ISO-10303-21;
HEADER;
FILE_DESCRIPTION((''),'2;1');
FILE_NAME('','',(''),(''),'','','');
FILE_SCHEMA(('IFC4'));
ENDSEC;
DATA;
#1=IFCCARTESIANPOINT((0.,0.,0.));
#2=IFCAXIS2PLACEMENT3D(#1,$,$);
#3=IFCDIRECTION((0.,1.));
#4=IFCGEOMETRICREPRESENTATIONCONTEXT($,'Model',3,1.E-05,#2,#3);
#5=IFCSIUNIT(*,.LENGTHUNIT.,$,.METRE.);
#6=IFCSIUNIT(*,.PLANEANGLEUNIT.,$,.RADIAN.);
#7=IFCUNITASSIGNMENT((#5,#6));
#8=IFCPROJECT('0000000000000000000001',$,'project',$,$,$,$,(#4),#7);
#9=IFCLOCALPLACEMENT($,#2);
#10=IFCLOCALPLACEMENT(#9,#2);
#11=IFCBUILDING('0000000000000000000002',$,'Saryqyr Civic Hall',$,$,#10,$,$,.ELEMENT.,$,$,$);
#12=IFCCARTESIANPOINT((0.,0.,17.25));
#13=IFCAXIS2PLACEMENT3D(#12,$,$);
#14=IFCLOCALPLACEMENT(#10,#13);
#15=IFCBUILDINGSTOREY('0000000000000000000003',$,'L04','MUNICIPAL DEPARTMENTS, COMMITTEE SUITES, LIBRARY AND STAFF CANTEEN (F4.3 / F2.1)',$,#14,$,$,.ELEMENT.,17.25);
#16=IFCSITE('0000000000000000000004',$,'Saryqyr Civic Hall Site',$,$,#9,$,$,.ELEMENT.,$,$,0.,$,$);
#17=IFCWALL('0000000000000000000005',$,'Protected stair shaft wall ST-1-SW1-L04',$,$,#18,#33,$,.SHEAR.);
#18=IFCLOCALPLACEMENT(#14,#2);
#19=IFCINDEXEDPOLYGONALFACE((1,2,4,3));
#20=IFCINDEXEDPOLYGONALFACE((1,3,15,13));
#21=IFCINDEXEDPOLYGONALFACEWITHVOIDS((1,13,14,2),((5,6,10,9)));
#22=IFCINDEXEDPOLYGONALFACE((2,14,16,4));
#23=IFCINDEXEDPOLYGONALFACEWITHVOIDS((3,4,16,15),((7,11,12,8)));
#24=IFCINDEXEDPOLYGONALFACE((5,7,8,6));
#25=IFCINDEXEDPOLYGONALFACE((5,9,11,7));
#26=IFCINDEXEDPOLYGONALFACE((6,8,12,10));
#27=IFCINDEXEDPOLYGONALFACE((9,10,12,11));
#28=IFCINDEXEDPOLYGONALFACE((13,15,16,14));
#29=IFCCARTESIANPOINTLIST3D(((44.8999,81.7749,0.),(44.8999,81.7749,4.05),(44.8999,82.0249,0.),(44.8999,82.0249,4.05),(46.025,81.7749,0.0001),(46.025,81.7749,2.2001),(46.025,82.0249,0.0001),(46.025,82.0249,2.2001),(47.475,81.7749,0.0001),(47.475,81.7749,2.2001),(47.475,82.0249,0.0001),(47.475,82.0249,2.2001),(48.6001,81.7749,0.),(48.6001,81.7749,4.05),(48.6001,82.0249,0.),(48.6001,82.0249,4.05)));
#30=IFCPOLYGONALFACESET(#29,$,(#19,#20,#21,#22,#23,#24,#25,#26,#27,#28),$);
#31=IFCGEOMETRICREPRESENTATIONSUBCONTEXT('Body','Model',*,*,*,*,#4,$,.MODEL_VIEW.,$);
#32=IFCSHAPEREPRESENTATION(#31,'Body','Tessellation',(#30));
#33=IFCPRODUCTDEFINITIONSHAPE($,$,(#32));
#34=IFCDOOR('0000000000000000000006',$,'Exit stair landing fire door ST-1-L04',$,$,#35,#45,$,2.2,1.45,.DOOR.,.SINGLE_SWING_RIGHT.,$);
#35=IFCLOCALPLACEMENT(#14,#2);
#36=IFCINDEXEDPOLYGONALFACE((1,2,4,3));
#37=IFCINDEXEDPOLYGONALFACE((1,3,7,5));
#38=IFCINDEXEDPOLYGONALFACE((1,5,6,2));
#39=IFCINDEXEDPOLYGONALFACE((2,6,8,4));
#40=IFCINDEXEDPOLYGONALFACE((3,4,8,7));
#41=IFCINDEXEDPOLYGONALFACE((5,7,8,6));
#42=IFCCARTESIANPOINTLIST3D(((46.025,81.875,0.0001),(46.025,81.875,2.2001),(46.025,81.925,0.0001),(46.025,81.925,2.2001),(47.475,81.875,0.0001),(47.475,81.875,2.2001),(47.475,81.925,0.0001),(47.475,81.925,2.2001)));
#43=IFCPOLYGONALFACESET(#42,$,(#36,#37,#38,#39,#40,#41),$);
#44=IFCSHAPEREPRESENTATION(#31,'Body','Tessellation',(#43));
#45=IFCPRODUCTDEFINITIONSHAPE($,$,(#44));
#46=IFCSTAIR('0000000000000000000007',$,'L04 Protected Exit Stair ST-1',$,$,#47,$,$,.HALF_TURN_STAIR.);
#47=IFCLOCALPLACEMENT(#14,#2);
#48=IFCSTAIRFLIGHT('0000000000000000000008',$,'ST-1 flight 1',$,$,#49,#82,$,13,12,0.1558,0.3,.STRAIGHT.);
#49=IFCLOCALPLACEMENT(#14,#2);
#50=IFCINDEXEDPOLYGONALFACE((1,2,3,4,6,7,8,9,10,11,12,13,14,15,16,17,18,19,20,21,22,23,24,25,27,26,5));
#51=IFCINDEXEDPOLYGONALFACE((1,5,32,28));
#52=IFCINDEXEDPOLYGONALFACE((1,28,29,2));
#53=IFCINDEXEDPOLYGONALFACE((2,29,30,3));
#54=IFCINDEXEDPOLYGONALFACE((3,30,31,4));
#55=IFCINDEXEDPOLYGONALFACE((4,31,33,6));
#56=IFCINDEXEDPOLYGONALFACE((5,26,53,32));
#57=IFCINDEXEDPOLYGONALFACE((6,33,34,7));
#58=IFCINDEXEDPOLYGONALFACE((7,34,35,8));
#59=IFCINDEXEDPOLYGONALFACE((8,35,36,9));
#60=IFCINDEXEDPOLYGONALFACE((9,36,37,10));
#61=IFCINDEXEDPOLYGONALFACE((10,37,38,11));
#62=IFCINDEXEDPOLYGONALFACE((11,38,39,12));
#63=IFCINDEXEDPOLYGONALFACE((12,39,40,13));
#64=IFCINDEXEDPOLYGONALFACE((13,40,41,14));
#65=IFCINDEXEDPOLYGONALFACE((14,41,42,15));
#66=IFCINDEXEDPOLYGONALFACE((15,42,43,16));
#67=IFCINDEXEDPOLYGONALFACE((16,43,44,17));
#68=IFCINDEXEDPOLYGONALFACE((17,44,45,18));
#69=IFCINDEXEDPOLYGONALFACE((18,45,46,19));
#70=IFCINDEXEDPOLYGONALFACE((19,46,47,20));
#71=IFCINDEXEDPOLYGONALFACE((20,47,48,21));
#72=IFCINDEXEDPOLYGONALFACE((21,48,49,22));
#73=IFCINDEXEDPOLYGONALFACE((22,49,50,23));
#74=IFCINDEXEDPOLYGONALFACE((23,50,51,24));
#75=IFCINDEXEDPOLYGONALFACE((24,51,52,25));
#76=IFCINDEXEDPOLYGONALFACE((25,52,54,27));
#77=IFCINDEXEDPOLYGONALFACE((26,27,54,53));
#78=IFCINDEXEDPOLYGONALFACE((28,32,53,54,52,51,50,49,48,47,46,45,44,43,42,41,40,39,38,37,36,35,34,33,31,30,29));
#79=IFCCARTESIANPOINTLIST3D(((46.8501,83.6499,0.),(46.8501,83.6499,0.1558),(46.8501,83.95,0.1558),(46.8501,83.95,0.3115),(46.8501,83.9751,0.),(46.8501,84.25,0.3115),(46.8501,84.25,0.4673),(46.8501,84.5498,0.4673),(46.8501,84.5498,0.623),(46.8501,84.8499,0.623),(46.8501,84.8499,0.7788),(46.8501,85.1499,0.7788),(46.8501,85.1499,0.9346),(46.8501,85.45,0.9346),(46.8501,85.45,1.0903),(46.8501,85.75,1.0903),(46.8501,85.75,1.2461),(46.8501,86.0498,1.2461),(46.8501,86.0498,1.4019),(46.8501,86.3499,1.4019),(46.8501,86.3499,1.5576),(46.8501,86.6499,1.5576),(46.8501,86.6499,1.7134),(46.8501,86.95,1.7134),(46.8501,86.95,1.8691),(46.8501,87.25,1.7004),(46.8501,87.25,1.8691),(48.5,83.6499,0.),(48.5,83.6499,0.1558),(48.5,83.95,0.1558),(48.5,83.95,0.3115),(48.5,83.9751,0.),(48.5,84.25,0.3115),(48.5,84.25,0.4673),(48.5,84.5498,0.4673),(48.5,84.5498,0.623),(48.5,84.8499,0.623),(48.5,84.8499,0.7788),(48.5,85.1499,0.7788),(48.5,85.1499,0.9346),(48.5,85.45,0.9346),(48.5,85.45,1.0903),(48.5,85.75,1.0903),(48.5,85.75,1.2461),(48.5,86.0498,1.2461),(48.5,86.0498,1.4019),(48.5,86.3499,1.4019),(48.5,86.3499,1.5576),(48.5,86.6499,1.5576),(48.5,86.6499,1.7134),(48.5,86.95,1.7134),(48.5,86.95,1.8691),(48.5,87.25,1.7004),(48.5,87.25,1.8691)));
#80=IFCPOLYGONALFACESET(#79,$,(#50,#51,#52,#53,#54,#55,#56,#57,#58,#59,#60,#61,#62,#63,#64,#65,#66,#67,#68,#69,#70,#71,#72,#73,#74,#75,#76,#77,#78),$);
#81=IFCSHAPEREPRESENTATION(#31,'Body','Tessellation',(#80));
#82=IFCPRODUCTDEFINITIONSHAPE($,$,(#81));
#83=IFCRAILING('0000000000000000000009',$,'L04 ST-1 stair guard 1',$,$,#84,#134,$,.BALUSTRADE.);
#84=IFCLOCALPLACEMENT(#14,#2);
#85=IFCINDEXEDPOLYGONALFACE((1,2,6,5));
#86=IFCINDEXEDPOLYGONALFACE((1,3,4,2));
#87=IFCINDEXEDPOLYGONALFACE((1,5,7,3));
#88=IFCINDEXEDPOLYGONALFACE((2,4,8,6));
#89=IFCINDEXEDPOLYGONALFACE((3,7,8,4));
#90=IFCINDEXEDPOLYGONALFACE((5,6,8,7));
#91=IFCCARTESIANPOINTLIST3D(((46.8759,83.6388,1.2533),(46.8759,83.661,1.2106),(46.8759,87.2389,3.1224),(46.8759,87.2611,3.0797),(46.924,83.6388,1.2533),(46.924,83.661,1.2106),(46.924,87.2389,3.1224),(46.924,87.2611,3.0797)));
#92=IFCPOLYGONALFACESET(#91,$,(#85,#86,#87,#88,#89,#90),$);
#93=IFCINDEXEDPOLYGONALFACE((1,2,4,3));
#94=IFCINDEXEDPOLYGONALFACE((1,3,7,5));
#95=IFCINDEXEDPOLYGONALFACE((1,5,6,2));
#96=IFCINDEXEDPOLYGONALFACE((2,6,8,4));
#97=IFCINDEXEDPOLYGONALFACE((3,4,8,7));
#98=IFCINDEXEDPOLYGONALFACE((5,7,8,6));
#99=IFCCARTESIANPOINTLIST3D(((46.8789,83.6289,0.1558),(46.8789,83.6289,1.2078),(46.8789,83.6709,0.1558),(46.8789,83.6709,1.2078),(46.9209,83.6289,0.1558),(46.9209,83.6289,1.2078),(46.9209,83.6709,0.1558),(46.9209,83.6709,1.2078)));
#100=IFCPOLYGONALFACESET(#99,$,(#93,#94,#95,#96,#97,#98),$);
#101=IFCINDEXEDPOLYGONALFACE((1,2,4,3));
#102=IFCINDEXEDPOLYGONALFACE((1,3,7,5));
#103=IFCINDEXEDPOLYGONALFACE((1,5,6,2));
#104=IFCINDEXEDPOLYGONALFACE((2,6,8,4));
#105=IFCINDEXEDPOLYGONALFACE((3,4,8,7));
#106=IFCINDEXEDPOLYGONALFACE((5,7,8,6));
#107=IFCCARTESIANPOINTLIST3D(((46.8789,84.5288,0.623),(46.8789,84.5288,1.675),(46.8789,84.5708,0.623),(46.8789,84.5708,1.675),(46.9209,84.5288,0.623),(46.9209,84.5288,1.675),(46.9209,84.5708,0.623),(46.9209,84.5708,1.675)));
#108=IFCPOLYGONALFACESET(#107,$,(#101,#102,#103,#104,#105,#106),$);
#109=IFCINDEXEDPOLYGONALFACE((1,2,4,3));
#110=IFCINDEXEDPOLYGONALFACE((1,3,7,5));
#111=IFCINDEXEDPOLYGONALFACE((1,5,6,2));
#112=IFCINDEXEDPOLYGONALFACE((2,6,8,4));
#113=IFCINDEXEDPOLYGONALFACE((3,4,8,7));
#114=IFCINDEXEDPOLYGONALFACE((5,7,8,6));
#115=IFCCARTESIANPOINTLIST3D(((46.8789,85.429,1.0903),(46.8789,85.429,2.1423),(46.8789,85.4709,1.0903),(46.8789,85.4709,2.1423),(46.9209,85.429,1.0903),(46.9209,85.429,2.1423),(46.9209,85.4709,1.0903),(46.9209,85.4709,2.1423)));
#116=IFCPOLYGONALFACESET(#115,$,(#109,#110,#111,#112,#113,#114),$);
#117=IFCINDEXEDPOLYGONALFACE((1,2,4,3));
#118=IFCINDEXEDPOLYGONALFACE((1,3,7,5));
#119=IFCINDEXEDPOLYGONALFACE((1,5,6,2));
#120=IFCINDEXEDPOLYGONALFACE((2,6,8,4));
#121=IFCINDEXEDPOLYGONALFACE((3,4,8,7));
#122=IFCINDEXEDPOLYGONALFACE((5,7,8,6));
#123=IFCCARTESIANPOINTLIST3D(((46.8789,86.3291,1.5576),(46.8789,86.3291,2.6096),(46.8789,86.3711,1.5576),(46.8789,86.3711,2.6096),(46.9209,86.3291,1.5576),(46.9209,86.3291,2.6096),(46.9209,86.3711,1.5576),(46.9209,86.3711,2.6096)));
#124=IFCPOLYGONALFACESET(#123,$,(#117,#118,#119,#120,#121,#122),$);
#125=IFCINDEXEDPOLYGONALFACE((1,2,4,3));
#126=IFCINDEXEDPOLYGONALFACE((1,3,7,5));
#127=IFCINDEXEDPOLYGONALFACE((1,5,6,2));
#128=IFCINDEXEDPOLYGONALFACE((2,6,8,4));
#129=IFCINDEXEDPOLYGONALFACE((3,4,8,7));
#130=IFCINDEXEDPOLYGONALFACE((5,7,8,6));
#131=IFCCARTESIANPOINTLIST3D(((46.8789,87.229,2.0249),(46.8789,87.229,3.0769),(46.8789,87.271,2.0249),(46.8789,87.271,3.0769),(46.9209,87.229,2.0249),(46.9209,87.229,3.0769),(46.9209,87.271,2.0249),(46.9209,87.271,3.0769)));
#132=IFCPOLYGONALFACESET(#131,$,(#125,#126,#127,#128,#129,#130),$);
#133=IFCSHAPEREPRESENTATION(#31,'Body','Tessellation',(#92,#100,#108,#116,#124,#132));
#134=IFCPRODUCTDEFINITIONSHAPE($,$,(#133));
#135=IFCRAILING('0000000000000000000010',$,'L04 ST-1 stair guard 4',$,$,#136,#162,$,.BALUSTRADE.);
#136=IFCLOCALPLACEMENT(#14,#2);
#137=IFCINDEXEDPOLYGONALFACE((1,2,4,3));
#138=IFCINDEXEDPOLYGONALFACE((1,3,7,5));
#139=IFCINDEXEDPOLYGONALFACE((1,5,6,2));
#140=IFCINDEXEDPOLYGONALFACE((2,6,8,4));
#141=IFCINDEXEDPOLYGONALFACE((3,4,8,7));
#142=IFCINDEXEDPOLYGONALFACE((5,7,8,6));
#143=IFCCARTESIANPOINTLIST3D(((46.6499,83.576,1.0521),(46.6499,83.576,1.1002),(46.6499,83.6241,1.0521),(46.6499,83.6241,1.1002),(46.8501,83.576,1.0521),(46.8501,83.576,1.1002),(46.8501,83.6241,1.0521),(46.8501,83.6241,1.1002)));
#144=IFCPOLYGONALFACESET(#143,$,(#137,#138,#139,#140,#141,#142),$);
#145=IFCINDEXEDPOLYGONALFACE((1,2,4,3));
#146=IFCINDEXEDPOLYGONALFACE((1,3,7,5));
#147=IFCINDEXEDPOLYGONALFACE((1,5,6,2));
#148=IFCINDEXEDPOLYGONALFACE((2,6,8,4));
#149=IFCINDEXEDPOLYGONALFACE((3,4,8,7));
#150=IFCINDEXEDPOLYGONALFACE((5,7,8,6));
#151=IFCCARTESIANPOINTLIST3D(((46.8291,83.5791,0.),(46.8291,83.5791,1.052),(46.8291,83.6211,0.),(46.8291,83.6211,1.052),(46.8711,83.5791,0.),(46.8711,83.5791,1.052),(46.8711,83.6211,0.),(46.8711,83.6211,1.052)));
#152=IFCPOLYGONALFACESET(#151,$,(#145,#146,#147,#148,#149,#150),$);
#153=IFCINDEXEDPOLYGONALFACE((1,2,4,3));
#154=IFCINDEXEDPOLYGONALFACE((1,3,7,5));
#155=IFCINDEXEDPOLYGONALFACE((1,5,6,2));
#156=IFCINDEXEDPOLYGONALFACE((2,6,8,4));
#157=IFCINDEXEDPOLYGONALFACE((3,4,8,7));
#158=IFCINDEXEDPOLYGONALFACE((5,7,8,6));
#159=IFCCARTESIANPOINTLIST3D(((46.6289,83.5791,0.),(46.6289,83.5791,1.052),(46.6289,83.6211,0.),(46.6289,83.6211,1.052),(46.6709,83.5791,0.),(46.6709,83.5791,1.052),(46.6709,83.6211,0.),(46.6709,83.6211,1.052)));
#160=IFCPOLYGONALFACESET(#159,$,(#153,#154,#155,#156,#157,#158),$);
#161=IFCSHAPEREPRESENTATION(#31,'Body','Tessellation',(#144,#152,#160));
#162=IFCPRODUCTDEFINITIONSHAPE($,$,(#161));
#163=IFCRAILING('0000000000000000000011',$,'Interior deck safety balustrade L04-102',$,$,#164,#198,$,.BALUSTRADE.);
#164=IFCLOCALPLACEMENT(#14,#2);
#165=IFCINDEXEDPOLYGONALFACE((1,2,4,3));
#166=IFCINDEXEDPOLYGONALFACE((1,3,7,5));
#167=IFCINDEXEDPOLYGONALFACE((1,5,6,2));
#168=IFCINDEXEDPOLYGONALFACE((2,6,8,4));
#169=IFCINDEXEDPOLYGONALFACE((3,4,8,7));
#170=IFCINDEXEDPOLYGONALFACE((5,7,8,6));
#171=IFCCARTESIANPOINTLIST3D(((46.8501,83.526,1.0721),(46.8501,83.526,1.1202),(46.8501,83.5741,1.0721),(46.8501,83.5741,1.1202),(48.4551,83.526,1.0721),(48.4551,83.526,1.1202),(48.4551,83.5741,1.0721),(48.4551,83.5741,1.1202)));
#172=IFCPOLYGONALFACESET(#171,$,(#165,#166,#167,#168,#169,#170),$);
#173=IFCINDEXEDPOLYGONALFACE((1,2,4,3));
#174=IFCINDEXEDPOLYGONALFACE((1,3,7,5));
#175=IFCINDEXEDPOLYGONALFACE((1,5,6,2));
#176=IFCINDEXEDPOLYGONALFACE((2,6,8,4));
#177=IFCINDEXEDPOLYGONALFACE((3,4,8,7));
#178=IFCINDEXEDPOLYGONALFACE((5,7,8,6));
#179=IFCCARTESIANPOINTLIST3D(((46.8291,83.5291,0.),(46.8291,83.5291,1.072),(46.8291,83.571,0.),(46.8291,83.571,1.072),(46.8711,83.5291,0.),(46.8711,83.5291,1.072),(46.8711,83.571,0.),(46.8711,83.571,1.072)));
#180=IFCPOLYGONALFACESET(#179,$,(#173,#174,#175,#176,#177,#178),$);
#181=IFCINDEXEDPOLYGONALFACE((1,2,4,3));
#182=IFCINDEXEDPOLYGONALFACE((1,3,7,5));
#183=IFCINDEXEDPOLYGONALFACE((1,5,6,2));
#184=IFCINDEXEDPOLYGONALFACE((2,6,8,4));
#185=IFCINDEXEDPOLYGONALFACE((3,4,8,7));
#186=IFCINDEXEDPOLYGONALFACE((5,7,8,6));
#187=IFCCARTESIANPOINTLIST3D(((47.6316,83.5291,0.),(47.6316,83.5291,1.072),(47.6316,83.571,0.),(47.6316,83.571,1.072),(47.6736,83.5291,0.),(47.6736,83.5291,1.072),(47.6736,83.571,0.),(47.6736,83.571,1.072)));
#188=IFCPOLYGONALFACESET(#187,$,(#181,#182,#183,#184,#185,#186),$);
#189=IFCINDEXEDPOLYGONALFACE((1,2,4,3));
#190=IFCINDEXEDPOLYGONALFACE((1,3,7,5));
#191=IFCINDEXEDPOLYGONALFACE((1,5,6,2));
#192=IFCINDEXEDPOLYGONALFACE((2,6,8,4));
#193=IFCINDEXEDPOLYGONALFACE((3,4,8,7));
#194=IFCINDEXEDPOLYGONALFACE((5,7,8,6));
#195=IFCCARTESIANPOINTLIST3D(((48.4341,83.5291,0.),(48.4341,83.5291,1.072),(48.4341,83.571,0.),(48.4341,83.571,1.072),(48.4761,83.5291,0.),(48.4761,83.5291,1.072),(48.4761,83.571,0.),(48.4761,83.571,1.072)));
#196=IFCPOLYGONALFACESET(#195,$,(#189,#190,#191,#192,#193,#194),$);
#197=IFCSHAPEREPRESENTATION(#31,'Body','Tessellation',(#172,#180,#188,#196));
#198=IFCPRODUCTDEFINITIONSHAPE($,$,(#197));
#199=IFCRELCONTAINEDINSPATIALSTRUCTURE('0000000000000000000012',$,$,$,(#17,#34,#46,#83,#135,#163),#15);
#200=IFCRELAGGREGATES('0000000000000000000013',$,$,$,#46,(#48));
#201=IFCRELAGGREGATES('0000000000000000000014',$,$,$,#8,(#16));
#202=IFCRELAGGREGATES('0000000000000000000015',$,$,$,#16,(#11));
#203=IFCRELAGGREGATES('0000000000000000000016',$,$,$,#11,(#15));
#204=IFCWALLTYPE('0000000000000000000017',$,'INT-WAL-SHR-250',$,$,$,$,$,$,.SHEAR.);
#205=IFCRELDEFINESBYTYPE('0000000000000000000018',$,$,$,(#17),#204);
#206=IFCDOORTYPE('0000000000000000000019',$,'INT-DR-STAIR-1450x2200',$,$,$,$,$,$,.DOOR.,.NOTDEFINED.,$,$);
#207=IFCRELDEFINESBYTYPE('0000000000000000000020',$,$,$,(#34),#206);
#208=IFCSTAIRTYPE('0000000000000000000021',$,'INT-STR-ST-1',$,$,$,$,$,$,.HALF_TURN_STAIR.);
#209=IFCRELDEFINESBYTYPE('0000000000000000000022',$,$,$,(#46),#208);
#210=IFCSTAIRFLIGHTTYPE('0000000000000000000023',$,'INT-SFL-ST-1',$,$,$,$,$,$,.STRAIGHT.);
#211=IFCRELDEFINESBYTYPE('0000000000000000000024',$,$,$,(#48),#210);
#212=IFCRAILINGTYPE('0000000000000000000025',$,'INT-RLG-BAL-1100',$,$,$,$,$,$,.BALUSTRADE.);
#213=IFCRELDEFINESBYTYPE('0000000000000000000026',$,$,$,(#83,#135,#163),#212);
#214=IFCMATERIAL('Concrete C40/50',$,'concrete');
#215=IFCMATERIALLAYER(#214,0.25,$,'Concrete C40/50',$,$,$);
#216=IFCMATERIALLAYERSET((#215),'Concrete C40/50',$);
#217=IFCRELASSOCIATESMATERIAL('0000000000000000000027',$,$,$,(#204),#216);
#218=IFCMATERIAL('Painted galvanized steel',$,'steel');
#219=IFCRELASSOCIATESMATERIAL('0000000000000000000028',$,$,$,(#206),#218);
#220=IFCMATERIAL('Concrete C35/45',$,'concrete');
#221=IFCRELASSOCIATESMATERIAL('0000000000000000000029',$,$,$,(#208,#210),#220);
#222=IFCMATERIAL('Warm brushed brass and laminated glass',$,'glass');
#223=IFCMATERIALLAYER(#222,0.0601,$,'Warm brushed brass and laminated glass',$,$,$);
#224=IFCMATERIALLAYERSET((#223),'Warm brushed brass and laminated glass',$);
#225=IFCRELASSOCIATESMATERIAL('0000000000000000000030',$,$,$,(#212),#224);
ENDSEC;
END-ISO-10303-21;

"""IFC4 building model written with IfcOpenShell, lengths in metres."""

from ifc_helpers import new_model, si_unit, direction, frame, frame_2d, origin, origin_2d, place, context, subcontext, project, spatial, polyline, rectangle, outline, extrude, material, layer, layer_set, type_object, element, fill, aggregate, save


model = new_model("IFC4")

# Units and contexts
model_context = context("Model", 3, precision=1e-05, world=origin(), true_north=direction((0.0, 1.0)))
body_context = subcontext(model_context, "Body", "Model", "MODEL_VIEW")
ifc_project = project(units=[si_unit("LENGTHUNIT", "METRE"), si_unit("PLANEANGLEUNIT", "RADIAN")], contexts=[model_context])

# Site, building, storey
site_placement = place(None, origin())
site = spatial("IfcSite", under=ifc_project, at=site_placement, Name="Saryqyr Civic Hall Site", CompositionType="ELEMENT", RefElevation=0.0)
building_placement = place(site_placement, origin())
building = spatial("IfcBuilding", under=site, at=building_placement, Name="Saryqyr Civic Hall", CompositionType="ELEMENT")
storey_placement = place(building_placement, frame((0.0, 0.0, 17.25)))
storey = spatial("IfcBuildingStorey", under=building, at=storey_placement, Name="L04", Description="MUNICIPAL DEPARTMENTS, COMMITTEE SUITES, LIBRARY AND STAFF CANTEEN (F4.3 / F2.1)", CompositionType="ELEMENT", Elevation=17.25)

# Shared definitions
ifc_material_1 = material(Name="Concrete C40/50", Category="concrete")

# Shared definitions
ifc_material_2 = material(Name="Painted galvanized steel", Category="steel")

# Wall, opening, door
ifc_layer_1 = layer(ifc_material_1, 0.25, Name="Concrete C40/50")
ifc_layer_set_1 = layer_set([ifc_layer_1], Name="Concrete C40/50")
wall_type_1 = type_object("IfcWallType", Name="INT-WAL-SHR-250", PredefinedType="SHEAR", material=ifc_layer_set_1)
wall_1_placement = place(storey_placement, frame((48.6001, 81.8999, 0.0), z_axis=(0.0, 0.0, 1.0), x_axis=(-1.0, 0.0, 0.0)))
wall_1 = element("IfcWall", 1, at=wall_1_placement, inside=storey, type_object=wall_type_1, Name="Protected stair shaft wall ST-1-SW1-L04", PredefinedType="SHEAR", context=body_context, shape_type="SweptSolid", body=[
    extrude(rectangle(XDim=3.7002, YDim=0.25, at=frame_2d((1.8501, 0.0))), origin(), (0.0, 0.0, 1.0), 4.05),
])
opening_1_placement = place(wall_1_placement, frame((1.125, 0.0, 0.0)))
opening_1 = element("IfcOpeningElement", 2, at=opening_1_placement, cuts=wall_1, PredefinedType="OPENING", context=body_context, shape_type="SweptSolid", body=[
    extrude(rectangle(XDim=1.45, YDim=2.2, at=frame_2d((0.7251, 1.1001))), frame((0.0, 0.135, 0.0), z_axis=(0.0, -1.0, 0.0), x_axis=(1.0, 0.0, 0.0)), (0.0, 0.0, 1.0), 0.27),
])
door_type_1 = type_object("IfcDoorType", Name="INT-DR-STAIR-1450x2200", OperationType="NOTDEFINED", PredefinedType="DOOR", material=ifc_material_2)
door_1_placement = place(opening_1_placement, origin())
door_1 = element("IfcDoor", 3, at=door_1_placement, inside=storey, type_object=door_type_1, Name="Exit stair landing fire door ST-1-L04", OperationType="SINGLE_SWING_RIGHT", OverallHeight=2.2, OverallWidth=1.45, PredefinedType="DOOR", context=body_context, shape_type="SweptSolid", body=[
    extrude(rectangle(XDim=1.45, YDim=2.2, at=frame_2d((0.7251, 1.1001))), frame((0.0, 0.0249, 0.0), z_axis=(0.0, -1.0, 0.0), x_axis=(1.0, 0.0, 0.0)), (0.0, 0.0, 1.0), 0.05),
])
fill(opening_1, door_1)

# Stair, stair flight
ifc_material_3 = material(Name="Concrete C35/45", Category="concrete")
stair_type = type_object("IfcStairType", Name="INT-STR-ST-1", PredefinedType="HALF_TURN_STAIR", material=ifc_material_3)
stair_placement = place(storey_placement, origin())
stair = element("IfcStair", 4, at=stair_placement, inside=storey, type_object=stair_type, Name="L04 Protected Exit Stair ST-1", PredefinedType="HALF_TURN_STAIR")
stair_flight_type = type_object("IfcStairFlightType", Name="INT-SFL-ST-1", PredefinedType="STRAIGHT", material=ifc_material_3)
stair_flight_placement = place(storey_placement, frame((47.675, 83.6499, 0.0), z_axis=(0.0, 0.0, 1.0), x_axis=(0.0, 1.0, 0.0)))
stair_flight = element("IfcStairFlight", 5, at=stair_flight_placement, type_object=stair_flight_type, Name="ST-1 flight 1", NumberOfRisers=13, NumberOfTreads=12, PredefinedType="STRAIGHT", RiserHeight=0.1558, TreadLength=0.3, context=body_context, shape_type="SweptSolid", body=[
    extrude(outline(polyline([(0.0, 0.0), (0.0, 0.1558), (0.3, 0.1558), (0.3, 0.3115), (0.6001, 0.3115), (0.6001, 0.4673), (0.8999, 0.4673), (0.8999, 0.623), (1.2, 0.623), (1.2, 0.7788), (1.5, 0.7788), (1.5, 0.9346), (1.8, 0.9346), (1.8, 1.0903), (2.1001, 1.0903), (2.1001, 1.2461), (2.3999, 1.2461), (2.3999, 1.4019), (2.7, 1.4019), (2.7, 1.5576), (3.0, 1.5576), (3.0, 1.7134), (3.3, 1.7134), (3.3, 1.8691), (3.6001, 1.8691), (3.6001, 2.0249), (3.6001, 1.7004), (0.3252, 0.0), (0.0, 0.0)])), frame((0.0, 0.825, 0.0), z_axis=(0.0, -1.0, 0.0), x_axis=(1.0, 0.0, 0.0)), (0.0, 0.0, 1.0), 1.6499),
])
aggregate(stair, [stair_flight])

# Railings
ifc_material_4 = material(Name="Warm brushed brass and laminated glass", Category="glass")
ifc_layer_2 = layer(ifc_material_4, 0.0601, Name="Warm brushed brass and laminated glass")
ifc_layer_set_2 = layer_set([ifc_layer_2], Name="Warm brushed brass and laminated glass")
railing_type_1 = type_object("IfcRailingType", Name="INT-RLG-BAL-1100", PredefinedType="BALUSTRADE", material=ifc_layer_set_2)
railing_1_placement = place(storey_placement, frame((46.8999, 83.6499, 0.1558)))
element("IfcRailing", 6, at=railing_1_placement, inside=storey, type_object=railing_type_1, Name="L04 ST-1 stair guard 1", PredefinedType="BALUSTRADE", context=body_context, shape_type="SweptSolid", body=[
    extrude(rectangle(XDim=0.0481, YDim=0.0481, at=origin_2d()), frame((0.0, 0.0, 1.0762), z_axis=(0.0, 0.88751, 0.460788), x_axis=(-1.0, 0.0, 0.0)), (0.0, 0.0, 1.0), 4.0564),
    extrude(rectangle(XDim=0.042, YDim=0.042, at=origin_2d()), origin(), (0.0, 0.0, 1.0), 1.052),
    extrude(rectangle(XDim=0.042, YDim=0.042, at=origin_2d()), frame((0.0, 0.8999, 0.4673)), (0.0, 0.0, 1.0), 1.052),
    extrude(rectangle(XDim=0.042, YDim=0.042, at=origin_2d()), frame((0.0, 1.8, 0.9346)), (0.0, 0.0, 1.0), 1.052),
    extrude(rectangle(XDim=0.042, YDim=0.042, at=origin_2d()), frame((0.0, 2.7002, 1.4019)), (0.0, 0.0, 1.0), 1.052),
    extrude(rectangle(XDim=0.042, YDim=0.042, at=origin_2d()), frame((0.0, 3.6001, 1.8691)), (0.0, 0.0, 1.0), 1.052),
])
railing_2_placement = place(storey_placement, frame((46.8501, 83.6001, 0.0)))
element("IfcRailing", 7, at=railing_2_placement, inside=storey, type_object=railing_type_1, Name="L04 ST-1 stair guard 4", PredefinedType="BALUSTRADE", context=body_context, shape_type="SweptSolid", body=[
    extrude(rectangle(XDim=0.0481, YDim=0.0481, at=origin_2d()), frame((0.0, 0.0, 1.0762), z_axis=(-1.0, 0.0, 0.0), x_axis=(0.0, -1.0, 0.0)), (0.0, 0.0, 1.0), 0.2002),
    extrude(rectangle(XDim=0.042, YDim=0.042, at=origin_2d()), origin(), (0.0, 0.0, 1.0), 1.052),
    extrude(rectangle(XDim=0.042, YDim=0.042, at=origin_2d()), frame((-0.2002, 0.0, 0.0)), (0.0, 0.0, 1.0), 1.052),
])
railing_3_placement = place(storey_placement, frame((46.8501, 83.55, 0.0)))
element("IfcRailing", 8, at=railing_3_placement, inside=storey, type_object=railing_type_1, Name="Interior deck safety balustrade L04-102", PredefinedType="BALUSTRADE", context=body_context, shape_type="SweptSolid", body=[
    extrude(rectangle(XDim=0.0481, YDim=0.0481, at=origin_2d()), frame((0.0, 0.0, 1.0962), z_axis=(1.0, 0.0, 0.0), x_axis=(0.0, 1.0, 0.0)), (0.0, 0.0, 1.0), 1.605),
    extrude(rectangle(XDim=0.042, YDim=0.042, at=origin_2d()), origin(), (0.0, 0.0, 1.0), 1.072),
    extrude(rectangle(XDim=0.042, YDim=0.042, at=origin_2d()), frame((0.8025, 0.0, 0.0)), (0.0, 0.0, 1.0), 1.072),
    extrude(rectangle(XDim=0.042, YDim=0.042, at=origin_2d()), frame((1.605, 0.0, 0.0)), (0.0, 0.0, 1.0), 1.072),
])

save(model, "model.ifc")
